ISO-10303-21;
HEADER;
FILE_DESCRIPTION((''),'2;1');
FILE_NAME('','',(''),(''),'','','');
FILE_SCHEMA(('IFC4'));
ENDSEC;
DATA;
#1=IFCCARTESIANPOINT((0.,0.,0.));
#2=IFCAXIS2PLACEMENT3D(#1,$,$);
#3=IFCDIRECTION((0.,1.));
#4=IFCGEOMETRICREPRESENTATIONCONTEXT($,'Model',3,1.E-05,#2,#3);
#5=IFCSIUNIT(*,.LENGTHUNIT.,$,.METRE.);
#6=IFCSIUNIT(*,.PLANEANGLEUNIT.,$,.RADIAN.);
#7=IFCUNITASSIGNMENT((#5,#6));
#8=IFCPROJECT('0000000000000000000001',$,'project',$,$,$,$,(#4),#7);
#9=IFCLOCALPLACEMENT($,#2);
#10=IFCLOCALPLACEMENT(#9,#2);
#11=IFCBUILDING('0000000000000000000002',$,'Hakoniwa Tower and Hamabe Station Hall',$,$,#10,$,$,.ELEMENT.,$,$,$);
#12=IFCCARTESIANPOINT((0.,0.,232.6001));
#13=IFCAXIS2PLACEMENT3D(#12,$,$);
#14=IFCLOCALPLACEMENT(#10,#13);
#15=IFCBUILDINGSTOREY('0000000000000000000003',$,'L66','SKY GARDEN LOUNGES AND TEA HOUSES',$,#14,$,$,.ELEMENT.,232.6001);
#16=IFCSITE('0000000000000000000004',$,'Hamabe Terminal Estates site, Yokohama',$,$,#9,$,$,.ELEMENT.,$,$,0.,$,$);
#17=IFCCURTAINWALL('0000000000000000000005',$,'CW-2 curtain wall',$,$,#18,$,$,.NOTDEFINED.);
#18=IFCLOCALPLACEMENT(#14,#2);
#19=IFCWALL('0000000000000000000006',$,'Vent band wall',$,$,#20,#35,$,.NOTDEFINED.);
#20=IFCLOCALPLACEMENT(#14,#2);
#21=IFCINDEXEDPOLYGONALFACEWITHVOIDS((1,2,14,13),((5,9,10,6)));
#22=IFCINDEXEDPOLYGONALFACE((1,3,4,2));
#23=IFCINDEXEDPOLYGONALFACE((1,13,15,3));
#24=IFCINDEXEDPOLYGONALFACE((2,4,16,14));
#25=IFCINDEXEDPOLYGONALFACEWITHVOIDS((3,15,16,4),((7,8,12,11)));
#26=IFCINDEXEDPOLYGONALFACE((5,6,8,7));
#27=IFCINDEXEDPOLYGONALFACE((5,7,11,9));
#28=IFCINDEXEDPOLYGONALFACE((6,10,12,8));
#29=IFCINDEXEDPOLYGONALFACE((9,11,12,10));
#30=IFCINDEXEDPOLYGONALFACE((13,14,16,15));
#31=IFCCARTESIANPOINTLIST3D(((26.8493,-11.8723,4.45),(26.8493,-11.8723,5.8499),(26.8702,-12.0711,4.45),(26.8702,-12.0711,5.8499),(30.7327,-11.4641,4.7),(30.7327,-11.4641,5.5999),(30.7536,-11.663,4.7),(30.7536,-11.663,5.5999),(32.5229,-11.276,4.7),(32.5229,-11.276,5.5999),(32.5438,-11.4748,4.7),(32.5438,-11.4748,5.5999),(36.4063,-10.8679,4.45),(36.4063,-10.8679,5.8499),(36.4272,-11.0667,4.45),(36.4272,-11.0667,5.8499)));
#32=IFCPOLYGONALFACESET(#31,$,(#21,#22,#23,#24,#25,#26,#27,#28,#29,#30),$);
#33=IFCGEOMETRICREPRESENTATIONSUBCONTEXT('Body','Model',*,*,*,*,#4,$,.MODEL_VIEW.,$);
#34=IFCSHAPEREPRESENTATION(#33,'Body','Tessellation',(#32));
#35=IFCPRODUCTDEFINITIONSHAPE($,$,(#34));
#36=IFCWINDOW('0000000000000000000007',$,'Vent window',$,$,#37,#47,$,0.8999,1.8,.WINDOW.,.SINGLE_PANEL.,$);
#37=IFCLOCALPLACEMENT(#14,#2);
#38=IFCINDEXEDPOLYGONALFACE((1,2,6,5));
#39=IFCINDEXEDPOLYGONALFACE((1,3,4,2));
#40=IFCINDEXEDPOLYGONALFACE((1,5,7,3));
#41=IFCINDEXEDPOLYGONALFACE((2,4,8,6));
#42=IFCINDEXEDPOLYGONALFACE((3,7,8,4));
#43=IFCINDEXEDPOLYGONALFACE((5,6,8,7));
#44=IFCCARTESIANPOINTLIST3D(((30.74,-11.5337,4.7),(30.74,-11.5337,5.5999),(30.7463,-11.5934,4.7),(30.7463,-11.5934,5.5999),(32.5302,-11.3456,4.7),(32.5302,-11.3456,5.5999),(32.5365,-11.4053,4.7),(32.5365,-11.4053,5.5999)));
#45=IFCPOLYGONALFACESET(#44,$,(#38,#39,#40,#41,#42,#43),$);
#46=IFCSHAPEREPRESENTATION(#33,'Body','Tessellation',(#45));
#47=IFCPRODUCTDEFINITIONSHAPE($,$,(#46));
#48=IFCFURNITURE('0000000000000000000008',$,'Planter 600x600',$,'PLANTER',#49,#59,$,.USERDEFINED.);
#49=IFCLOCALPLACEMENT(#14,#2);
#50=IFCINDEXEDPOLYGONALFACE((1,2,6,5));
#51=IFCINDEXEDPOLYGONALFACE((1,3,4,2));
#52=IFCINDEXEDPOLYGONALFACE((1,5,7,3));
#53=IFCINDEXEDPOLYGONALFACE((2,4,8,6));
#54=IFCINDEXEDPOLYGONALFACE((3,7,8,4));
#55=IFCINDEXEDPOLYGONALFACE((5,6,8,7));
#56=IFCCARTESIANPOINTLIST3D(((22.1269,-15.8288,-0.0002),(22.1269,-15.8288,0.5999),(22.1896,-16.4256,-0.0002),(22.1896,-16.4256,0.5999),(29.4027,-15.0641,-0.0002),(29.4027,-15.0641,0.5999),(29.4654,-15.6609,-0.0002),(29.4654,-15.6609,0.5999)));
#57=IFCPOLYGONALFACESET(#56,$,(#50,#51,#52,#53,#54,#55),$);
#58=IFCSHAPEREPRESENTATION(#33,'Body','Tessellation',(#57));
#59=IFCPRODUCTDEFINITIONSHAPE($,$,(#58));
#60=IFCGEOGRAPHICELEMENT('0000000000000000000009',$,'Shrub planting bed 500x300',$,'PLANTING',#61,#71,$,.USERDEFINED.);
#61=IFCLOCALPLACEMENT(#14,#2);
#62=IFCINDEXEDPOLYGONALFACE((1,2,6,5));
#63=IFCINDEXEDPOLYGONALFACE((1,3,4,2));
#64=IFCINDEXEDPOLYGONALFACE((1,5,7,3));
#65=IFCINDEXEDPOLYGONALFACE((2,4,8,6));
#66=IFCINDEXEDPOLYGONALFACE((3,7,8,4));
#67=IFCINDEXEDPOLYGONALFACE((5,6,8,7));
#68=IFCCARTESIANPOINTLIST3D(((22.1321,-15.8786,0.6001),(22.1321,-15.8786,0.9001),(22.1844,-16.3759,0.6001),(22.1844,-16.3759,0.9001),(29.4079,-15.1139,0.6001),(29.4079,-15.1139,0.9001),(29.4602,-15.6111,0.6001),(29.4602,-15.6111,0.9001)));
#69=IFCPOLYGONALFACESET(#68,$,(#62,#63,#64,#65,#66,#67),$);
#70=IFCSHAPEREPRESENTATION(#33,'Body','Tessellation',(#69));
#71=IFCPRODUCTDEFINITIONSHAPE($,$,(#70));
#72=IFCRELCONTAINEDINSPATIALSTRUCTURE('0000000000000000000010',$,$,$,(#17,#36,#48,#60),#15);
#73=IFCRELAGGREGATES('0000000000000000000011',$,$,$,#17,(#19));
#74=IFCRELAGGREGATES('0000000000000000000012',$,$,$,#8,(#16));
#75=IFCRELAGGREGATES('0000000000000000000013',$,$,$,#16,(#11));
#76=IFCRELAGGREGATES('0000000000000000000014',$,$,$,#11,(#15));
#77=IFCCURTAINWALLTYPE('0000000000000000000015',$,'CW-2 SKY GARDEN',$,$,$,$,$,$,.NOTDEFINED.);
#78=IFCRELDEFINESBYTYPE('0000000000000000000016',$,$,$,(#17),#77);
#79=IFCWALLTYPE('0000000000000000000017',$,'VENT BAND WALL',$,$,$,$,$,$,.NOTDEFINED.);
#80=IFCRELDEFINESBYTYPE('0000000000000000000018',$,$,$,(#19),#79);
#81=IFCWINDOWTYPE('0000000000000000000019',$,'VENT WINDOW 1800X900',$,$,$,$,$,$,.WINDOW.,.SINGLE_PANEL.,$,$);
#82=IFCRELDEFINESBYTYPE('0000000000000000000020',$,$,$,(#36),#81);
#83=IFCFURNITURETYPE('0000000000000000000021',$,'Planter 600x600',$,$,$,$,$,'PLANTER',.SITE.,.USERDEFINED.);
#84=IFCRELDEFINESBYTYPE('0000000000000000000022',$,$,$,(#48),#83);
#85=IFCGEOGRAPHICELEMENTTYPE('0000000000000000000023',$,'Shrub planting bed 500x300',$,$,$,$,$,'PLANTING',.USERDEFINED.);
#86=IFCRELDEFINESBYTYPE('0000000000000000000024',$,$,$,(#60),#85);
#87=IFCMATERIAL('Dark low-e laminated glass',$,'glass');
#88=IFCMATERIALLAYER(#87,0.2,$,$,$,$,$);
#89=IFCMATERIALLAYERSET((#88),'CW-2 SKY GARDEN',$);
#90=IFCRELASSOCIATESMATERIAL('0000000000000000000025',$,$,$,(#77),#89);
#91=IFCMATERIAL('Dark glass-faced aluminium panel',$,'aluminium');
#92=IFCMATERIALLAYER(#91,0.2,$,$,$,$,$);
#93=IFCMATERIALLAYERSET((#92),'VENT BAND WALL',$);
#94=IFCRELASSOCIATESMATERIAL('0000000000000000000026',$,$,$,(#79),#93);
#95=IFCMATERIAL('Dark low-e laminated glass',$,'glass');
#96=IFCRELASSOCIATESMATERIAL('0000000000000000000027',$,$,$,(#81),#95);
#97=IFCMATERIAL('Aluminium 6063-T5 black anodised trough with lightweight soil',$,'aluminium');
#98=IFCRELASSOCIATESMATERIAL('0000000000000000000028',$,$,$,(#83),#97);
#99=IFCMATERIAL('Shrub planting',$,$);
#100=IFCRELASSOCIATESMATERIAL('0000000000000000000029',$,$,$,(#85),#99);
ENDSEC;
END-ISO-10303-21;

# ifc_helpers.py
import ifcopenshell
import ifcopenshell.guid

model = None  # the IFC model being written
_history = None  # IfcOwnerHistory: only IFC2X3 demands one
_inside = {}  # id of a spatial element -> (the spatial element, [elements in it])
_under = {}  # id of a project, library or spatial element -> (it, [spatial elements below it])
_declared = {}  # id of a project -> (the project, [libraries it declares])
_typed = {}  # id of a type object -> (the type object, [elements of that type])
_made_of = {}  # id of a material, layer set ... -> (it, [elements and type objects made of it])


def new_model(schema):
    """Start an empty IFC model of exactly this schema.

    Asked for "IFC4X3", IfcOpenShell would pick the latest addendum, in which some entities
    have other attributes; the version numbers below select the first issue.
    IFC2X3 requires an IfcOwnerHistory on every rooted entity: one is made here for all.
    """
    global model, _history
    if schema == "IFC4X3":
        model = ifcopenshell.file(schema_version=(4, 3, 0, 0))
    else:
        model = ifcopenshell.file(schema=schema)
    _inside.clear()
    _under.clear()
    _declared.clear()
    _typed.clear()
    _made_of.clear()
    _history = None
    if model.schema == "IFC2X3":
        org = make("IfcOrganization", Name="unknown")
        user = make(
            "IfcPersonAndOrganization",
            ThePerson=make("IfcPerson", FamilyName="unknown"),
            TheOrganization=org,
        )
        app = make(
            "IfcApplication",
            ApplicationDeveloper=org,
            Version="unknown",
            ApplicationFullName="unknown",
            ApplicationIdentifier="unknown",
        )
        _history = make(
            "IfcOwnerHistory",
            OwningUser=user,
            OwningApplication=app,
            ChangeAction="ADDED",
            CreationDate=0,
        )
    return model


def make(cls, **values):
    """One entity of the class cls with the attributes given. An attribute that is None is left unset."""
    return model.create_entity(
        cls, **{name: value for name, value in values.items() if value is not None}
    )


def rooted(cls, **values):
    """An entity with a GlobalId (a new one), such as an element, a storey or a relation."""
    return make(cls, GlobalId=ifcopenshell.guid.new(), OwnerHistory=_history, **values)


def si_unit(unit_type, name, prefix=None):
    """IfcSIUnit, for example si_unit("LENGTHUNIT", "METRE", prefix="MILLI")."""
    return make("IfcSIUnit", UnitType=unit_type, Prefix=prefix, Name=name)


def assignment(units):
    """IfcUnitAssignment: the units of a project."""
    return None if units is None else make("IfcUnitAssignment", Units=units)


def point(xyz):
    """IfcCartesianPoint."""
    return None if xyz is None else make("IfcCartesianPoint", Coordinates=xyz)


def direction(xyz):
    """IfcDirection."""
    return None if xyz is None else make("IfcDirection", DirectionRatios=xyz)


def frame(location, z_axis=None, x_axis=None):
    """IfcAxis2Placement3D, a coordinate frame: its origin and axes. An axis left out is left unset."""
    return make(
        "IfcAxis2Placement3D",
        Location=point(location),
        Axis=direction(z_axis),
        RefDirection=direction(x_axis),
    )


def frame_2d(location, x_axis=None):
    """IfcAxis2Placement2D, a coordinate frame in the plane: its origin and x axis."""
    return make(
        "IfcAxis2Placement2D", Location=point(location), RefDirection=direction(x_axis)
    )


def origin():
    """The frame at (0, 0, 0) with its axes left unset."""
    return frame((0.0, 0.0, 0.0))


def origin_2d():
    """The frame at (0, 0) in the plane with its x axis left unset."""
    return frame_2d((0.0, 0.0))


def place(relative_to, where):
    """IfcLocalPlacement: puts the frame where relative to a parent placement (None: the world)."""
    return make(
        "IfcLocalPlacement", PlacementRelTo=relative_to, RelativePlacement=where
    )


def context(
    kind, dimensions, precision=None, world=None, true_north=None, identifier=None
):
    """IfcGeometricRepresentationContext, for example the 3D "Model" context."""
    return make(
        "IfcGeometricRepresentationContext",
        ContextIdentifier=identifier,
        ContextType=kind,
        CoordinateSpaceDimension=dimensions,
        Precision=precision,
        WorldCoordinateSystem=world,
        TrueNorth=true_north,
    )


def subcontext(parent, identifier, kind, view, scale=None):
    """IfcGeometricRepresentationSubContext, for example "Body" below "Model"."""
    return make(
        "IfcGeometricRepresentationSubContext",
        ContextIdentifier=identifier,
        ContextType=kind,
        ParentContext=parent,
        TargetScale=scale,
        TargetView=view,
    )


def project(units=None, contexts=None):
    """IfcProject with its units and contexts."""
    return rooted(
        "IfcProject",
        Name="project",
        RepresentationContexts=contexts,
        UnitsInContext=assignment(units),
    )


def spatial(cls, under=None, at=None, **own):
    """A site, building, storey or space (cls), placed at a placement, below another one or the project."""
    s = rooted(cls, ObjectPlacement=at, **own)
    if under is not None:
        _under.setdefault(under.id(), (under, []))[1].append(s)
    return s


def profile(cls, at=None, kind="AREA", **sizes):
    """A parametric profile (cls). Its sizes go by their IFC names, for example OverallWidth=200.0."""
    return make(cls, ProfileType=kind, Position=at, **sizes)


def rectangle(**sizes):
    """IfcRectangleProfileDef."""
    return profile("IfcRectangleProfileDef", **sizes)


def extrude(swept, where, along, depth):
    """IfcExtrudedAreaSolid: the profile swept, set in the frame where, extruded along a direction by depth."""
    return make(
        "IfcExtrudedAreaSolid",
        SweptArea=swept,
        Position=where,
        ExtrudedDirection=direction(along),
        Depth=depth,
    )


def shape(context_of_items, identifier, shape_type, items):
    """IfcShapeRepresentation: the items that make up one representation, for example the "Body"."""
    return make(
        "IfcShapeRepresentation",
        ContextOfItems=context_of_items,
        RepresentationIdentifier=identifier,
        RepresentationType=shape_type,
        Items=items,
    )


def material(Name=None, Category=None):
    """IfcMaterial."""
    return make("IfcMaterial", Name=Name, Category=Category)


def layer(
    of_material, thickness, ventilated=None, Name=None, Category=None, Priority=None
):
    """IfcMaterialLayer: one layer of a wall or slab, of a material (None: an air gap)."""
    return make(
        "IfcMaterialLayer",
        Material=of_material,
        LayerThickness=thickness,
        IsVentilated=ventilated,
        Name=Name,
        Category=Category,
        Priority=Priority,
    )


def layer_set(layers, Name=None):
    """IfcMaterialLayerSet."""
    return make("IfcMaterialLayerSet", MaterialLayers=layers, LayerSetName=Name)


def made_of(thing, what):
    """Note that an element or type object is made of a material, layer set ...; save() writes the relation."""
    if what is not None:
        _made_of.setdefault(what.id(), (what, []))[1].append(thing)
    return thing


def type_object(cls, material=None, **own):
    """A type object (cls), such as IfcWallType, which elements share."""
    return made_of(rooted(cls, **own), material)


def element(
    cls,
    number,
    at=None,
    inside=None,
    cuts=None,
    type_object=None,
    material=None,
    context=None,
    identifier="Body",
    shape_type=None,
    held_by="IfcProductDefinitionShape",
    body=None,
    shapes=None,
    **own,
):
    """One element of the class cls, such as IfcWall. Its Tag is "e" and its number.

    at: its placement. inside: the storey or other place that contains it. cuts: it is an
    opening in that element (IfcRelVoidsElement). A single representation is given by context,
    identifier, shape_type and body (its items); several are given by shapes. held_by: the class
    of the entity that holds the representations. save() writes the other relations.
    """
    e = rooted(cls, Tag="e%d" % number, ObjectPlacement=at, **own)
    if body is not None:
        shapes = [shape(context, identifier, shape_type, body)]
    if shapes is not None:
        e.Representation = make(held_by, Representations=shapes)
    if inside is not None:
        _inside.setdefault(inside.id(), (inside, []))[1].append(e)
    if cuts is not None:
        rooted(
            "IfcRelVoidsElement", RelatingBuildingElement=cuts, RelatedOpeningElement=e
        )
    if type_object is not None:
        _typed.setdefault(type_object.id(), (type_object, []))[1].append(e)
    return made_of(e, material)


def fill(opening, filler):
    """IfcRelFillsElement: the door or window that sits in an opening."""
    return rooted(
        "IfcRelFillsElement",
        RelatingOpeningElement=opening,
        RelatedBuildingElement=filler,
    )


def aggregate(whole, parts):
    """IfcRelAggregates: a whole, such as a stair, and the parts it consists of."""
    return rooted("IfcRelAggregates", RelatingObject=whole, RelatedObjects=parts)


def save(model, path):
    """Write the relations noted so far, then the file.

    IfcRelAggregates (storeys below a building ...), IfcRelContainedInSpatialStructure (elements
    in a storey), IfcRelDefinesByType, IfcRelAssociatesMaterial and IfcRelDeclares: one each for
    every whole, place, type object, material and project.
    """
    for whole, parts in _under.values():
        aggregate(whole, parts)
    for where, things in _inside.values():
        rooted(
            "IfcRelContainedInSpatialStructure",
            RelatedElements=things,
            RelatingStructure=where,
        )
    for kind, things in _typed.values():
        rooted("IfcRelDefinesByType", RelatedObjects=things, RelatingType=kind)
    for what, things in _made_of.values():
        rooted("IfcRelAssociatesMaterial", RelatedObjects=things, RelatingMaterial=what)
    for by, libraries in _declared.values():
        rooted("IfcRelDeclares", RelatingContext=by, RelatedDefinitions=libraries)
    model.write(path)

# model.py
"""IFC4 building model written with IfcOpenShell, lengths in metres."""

from ifc_helpers import new_model, si_unit, direction, frame, frame_2d, origin, origin_2d, place, context, subcontext, project, spatial, rectangle, extrude, material, layer, layer_set, type_object, element, fill, aggregate, save


model = new_model("IFC4")

# Units and contexts
model_context = context("Model", 3, precision=1e-05, world=origin(), true_north=direction((0.0, 1.0)))
body_context = subcontext(model_context, "Body", "Model", "MODEL_VIEW")
ifc_project = project(units=[si_unit("LENGTHUNIT", "METRE"), si_unit("PLANEANGLEUNIT", "RADIAN")], contexts=[model_context])

# Site, building, storey
site_placement = place(None, origin())
site = spatial("IfcSite", under=ifc_project, at=site_placement, Name="Hamabe Terminal Estates site, Yokohama", CompositionType="ELEMENT", RefElevation=0.0)
building_placement = place(site_placement, origin())
building = spatial("IfcBuilding", under=site, at=building_placement, Name="Hakoniwa Tower and Hamabe Station Hall", CompositionType="ELEMENT")
storey_placement = place(building_placement, frame((0.0, 0.0, 232.6001)))
storey = spatial("IfcBuildingStorey", under=building, at=storey_placement, Name="L66", Description="SKY GARDEN LOUNGES AND TEA HOUSES", CompositionType="ELEMENT", Elevation=232.6001)

# Curtain wall
ifc_material_1 = material(Name="Dark low-e laminated glass", Category="glass")
ifc_layer_1 = layer(ifc_material_1, 0.2)
ifc_layer_set_1 = layer_set([ifc_layer_1], Name="CW-2 SKY GARDEN")
curtain_wall_type = type_object("IfcCurtainWallType", Name="CW-2 SKY GARDEN", PredefinedType="NOTDEFINED", material=ifc_layer_set_1)
curtain_wall_placement = place(storey_placement, origin())
curtain_wall = element("IfcCurtainWall", 1, at=curtain_wall_placement, inside=storey, type_object=curtain_wall_type, Name="CW-2 curtain wall", PredefinedType="NOTDEFINED")

# Wall, opening, window
ifc_material_2 = material(Name="Dark glass-faced aluminium panel", Category="aluminium")
ifc_layer_2 = layer(ifc_material_2, 0.2)
ifc_layer_set_2 = layer_set([ifc_layer_2], Name="VENT BAND WALL")
wall_type_1 = type_object("IfcWallType", Name="VENT BAND WALL", PredefinedType="NOTDEFINED", material=ifc_layer_set_2)
ifc_material_3 = material(Name="Dark low-e laminated glass", Category="glass")
window_type = type_object("IfcWindowType", Name="VENT WINDOW 1800X900", PartitioningType="SINGLE_PANEL", PredefinedType="WINDOW", material=ifc_material_3)
wall_1_placement = place(storey_placement, frame((26.8599, -11.9717, 4.45), z_axis=(0.0, 0.0, 1.0), x_axis=(0.994523, 0.104521, 0.0)))
wall_1 = element("IfcWall", 2, at=wall_1_placement, type_object=wall_type_1, Name="Vent band wall", PredefinedType="NOTDEFINED", context=body_context, shape_type="SweptSolid", body=[
    extrude(rectangle(XDim=9.6096, YDim=0.2, at=frame_2d((4.8047, 0.0))), origin(), (0.0, 0.0, 1.0), 1.3999),
])
opening_1_placement = place(wall_1_placement, frame((3.9048, 0.0, 0.25)))
opening_1 = element("IfcOpeningElement", 3, at=opening_1_placement, cuts=wall_1, PredefinedType="OPENING", context=body_context, shape_type="SweptSolid", body=[
    extrude(rectangle(XDim=1.8, YDim=0.8999, at=frame_2d((0.8999, 0.45))), frame((0.0, 0.1099, 0.0), z_axis=(0.0, -1.0, 0.0), x_axis=(1.0, 0.0, 0.0)), (0.0, 0.0, 1.0), 0.22),
])
window_1_placement = place(opening_1_placement, origin())
window_1 = element("IfcWindow", 4, at=window_1_placement, inside=storey, type_object=window_type, Name="Vent window", OverallHeight=0.8999, OverallWidth=1.8, PartitioningType="SINGLE_PANEL", PredefinedType="WINDOW", context=body_context, shape_type="SweptSolid", body=[
    extrude(rectangle(XDim=1.8, YDim=0.8999, at=frame_2d((0.8999, 0.45))), frame((0.0, 0.03, 0.0), z_axis=(0.0, -1.0, 0.0), x_axis=(1.0, 0.0, 0.0)), (0.0, 0.0, 1.0), 0.0601),
])
fill(opening_1, window_1)
aggregate(curtain_wall, [wall_1])

# Furniture
ifc_material_4 = material(Name="Aluminium 6063-T5 black anodised trough with lightweight soil", Category="aluminium")
furniture_type = type_object("IfcFurnitureType", Name="Planter 600x600", ElementType="PLANTER", AssemblyPlace="SITE", PredefinedType="USERDEFINED", material=ifc_material_4)
furniture_placement = place(storey_placement, frame((25.7961, -15.7449, -0.0002), z_axis=(0.0, 0.0, 1.0), x_axis=(0.994522, 0.104528, 0.0)))
element("IfcFurniture", 5, at=furniture_placement, inside=storey, type_object=furniture_type, Name="Planter 600x600", ObjectType="PLANTER", PredefinedType="USERDEFINED", context=body_context, shape_type="SweptSolid", body=[
    extrude(rectangle(XDim=7.3159, YDim=0.6001, at=origin_2d()), origin(), (0.0, 0.0, 1.0), 0.6001),
])

# Geographic element
ifc_material_5 = material(Name="Shrub planting")
geographic_element_type = type_object("IfcGeographicElementType", Name="Shrub planting bed 500x300", ElementType="PLANTING", PredefinedType="USERDEFINED", material=ifc_material_5)
geographic_element_placement = place(storey_placement, frame((25.7961, -15.7449, 0.6001), z_axis=(0.0, 0.0, 1.0), x_axis=(0.994522, 0.104528, 0.0)))
element("IfcGeographicElement", 6, at=geographic_element_placement, inside=storey, type_object=geographic_element_type, Name="Shrub planting bed 500x300", ObjectType="PLANTING", PredefinedType="USERDEFINED", context=body_context, shape_type="SweptSolid", body=[
    extrude(rectangle(XDim=7.3159, YDim=0.5, at=origin_2d()), origin(), (0.0, 0.0, 1.0), 0.3),
])

save(model, "model.ifc")
